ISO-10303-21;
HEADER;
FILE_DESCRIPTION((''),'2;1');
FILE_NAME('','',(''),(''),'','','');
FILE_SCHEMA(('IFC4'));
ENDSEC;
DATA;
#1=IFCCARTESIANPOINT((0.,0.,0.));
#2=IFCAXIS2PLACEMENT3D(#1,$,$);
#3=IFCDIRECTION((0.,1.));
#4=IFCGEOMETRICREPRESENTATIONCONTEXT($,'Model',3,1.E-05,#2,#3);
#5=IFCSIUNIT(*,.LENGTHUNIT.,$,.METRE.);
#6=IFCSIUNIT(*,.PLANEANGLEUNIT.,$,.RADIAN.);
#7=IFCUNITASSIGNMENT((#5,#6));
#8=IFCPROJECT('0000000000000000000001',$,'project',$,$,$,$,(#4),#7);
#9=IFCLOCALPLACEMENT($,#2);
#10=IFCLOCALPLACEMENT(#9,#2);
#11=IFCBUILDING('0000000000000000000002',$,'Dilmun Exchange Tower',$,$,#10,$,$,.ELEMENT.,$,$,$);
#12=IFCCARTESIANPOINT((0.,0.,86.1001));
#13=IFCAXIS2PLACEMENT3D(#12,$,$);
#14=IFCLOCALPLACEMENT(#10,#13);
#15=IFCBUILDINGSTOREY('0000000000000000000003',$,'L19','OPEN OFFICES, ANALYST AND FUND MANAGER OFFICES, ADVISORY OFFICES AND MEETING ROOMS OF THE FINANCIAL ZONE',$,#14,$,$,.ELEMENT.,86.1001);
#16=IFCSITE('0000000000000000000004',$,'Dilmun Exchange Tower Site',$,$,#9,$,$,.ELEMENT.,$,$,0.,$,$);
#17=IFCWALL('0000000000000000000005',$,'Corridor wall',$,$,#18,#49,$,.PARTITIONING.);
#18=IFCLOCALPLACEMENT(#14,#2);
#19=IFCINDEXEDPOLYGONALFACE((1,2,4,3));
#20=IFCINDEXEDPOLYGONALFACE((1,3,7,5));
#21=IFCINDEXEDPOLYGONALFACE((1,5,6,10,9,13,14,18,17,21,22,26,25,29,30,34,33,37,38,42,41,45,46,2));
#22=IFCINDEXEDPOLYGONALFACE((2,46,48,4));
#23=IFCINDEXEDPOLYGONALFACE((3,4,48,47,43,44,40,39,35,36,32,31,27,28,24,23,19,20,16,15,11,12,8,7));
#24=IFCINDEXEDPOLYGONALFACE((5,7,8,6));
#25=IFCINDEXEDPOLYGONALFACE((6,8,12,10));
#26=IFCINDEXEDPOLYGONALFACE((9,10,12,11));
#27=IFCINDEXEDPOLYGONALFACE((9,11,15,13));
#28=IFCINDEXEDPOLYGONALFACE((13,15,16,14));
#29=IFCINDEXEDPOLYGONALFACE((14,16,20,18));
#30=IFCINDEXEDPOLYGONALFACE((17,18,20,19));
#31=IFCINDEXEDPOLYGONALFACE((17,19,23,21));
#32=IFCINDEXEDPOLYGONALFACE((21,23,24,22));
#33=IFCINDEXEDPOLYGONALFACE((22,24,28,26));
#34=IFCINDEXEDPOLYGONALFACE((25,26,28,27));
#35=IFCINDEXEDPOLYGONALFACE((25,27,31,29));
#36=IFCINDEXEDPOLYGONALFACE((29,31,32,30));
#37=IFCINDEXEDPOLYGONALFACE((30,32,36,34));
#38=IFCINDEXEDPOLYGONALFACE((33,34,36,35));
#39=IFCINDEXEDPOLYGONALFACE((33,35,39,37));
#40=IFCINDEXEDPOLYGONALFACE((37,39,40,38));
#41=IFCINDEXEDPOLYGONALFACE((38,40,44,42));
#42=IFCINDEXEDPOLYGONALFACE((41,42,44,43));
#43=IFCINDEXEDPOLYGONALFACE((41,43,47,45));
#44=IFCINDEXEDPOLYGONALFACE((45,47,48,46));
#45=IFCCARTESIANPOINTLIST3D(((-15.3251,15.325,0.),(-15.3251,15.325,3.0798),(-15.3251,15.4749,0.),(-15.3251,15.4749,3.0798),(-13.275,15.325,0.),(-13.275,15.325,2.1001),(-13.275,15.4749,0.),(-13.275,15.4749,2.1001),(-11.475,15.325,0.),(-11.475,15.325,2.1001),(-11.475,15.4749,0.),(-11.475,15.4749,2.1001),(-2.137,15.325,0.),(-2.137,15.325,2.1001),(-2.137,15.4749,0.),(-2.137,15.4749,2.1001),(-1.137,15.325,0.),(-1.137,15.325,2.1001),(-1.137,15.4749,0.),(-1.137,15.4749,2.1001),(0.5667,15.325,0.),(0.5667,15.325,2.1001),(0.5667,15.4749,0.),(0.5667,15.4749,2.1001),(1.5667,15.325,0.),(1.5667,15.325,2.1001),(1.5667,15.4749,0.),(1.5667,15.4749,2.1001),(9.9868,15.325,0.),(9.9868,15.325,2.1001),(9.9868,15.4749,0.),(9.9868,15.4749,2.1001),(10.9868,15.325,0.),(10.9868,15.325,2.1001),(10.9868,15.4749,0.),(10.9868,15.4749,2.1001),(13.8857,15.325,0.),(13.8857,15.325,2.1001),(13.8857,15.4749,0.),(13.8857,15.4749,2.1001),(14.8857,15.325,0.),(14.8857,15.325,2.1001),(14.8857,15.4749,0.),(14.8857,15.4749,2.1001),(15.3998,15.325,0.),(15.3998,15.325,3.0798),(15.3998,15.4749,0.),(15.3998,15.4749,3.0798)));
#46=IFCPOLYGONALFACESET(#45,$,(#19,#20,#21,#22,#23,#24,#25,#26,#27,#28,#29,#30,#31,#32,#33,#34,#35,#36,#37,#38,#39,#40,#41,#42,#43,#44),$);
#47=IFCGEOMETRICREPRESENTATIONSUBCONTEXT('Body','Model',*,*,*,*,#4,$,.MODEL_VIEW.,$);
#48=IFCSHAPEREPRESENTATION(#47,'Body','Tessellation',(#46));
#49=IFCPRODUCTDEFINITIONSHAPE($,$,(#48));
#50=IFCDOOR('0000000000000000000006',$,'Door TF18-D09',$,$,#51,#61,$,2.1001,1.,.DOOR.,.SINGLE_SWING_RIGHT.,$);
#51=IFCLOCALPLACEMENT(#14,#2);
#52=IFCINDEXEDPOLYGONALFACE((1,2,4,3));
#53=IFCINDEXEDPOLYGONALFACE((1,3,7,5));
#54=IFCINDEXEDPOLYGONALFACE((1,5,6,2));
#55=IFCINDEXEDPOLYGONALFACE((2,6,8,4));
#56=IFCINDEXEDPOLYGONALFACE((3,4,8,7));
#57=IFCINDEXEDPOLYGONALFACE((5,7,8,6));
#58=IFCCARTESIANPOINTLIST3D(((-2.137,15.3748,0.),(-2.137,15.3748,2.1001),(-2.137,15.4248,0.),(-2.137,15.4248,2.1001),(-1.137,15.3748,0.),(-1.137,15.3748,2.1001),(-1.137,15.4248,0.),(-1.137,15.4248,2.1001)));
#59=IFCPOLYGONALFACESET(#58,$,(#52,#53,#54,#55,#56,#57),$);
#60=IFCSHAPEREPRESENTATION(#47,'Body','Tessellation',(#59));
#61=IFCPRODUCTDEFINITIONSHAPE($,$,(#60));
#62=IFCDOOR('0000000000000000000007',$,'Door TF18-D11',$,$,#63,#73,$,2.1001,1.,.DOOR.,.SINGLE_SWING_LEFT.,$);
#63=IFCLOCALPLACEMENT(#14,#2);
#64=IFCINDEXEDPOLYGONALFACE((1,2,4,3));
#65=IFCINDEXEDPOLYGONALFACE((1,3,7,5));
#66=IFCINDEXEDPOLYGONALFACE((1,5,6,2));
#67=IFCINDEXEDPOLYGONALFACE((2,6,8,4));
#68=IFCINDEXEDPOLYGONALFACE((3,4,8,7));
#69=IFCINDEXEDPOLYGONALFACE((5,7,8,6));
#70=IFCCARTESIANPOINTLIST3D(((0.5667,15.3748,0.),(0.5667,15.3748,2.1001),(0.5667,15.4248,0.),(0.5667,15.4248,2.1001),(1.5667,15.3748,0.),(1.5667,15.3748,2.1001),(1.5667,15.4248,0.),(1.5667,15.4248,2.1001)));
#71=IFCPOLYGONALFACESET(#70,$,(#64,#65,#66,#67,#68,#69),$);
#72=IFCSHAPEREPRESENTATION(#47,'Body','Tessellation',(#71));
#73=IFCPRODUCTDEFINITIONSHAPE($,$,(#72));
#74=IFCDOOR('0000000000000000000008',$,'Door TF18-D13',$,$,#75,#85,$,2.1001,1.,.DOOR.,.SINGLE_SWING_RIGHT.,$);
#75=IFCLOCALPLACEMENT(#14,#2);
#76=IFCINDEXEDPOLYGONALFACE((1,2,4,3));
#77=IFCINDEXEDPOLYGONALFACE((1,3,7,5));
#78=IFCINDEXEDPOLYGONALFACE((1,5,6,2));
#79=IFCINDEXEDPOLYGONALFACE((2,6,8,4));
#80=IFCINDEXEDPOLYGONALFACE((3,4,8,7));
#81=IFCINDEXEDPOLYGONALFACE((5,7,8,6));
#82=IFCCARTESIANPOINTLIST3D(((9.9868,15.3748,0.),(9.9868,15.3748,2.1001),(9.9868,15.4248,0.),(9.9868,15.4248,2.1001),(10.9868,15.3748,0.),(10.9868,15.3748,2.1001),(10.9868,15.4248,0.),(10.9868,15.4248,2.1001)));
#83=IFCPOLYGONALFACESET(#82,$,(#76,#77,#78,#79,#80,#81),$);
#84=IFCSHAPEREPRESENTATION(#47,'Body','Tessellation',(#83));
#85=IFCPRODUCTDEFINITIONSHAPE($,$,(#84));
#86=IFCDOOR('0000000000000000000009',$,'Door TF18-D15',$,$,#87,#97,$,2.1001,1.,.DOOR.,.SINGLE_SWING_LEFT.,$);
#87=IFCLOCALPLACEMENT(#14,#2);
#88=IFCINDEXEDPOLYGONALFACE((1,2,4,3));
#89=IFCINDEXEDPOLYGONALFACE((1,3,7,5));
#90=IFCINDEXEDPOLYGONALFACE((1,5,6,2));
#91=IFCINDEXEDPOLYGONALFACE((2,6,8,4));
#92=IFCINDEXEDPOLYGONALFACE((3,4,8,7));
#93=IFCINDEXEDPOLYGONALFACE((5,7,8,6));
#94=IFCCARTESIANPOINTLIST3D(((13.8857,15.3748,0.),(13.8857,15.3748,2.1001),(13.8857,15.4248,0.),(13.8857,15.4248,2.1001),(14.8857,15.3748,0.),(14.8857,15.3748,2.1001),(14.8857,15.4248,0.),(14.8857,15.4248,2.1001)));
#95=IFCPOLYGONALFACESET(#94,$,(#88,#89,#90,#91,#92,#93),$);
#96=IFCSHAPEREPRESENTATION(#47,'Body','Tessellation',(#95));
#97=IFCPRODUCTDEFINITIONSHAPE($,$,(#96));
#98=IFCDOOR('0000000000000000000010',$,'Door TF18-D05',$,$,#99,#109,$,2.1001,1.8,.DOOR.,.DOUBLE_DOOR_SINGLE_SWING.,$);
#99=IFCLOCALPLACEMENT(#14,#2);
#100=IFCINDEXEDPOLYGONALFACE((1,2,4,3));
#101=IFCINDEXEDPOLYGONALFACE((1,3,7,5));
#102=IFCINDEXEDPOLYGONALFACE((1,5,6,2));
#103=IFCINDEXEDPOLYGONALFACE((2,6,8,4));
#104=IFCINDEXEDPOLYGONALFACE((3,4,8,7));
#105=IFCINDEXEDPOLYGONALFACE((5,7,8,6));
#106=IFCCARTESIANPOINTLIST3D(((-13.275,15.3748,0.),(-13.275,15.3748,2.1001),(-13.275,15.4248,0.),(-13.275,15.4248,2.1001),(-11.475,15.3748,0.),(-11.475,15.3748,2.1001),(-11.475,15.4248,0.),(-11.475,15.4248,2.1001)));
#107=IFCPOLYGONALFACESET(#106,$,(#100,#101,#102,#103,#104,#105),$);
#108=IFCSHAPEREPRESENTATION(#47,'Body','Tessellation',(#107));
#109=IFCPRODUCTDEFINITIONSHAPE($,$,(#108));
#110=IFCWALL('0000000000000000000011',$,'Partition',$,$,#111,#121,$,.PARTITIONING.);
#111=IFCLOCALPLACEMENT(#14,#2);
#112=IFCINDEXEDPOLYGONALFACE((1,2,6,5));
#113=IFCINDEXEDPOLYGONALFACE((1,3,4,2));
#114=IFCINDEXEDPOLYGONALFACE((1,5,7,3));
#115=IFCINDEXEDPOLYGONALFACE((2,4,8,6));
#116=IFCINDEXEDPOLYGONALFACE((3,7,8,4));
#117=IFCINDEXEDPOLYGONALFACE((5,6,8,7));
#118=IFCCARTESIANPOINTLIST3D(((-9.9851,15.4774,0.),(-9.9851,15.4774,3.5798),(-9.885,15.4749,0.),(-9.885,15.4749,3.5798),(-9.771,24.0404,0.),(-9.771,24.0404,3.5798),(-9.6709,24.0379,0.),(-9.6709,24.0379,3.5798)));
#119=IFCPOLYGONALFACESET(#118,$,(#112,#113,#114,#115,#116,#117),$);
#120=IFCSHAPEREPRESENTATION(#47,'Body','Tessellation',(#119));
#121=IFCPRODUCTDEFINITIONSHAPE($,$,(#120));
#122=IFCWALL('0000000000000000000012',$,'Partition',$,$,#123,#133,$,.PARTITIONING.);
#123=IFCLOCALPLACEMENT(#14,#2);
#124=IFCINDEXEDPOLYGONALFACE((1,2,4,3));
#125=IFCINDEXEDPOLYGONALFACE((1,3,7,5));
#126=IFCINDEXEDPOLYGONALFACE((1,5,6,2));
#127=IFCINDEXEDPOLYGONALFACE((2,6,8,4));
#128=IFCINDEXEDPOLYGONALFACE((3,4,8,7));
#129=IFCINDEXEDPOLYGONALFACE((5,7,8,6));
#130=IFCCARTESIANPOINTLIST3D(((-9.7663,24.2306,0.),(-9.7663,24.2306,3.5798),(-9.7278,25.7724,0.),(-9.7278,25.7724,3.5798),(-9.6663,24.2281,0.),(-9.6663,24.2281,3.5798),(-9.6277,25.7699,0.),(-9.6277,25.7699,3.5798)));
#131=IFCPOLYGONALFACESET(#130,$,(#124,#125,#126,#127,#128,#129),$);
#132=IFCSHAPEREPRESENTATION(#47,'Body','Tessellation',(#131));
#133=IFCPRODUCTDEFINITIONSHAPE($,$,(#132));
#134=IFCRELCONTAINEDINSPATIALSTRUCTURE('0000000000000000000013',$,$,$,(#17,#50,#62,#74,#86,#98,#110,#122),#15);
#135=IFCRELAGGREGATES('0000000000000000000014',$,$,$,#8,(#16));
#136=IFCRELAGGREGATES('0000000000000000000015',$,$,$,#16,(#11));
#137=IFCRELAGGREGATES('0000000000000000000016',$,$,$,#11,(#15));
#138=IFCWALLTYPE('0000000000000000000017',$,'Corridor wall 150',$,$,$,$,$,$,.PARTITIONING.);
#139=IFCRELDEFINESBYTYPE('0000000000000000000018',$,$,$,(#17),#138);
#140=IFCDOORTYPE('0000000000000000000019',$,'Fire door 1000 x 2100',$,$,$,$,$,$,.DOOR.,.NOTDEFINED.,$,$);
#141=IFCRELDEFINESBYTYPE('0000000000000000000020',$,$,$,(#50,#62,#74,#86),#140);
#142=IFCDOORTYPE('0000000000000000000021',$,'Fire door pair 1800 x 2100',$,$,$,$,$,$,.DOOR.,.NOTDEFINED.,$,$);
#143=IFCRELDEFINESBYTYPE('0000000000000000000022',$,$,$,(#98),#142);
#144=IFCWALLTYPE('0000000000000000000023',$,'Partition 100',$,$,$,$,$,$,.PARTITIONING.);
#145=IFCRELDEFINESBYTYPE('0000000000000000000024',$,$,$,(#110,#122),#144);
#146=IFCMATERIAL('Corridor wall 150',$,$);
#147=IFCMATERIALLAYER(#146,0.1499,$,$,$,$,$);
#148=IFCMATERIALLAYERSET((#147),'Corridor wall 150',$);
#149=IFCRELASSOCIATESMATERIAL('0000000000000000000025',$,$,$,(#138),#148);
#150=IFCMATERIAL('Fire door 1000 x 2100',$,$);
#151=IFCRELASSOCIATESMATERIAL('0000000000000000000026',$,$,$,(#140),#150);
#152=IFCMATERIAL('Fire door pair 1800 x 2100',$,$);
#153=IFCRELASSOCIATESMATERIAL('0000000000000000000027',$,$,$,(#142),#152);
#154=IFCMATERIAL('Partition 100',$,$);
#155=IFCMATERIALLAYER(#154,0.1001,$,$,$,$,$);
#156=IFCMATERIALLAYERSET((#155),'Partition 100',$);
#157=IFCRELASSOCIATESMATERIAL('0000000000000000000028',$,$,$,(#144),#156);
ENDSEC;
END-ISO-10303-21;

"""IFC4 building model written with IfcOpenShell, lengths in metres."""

from ifc_helpers import new_model, si_unit, direction, frame, frame_2d, origin, place, context, subcontext, project, spatial, rectangle, extrude, material, layer, layer_set, type_object, element, fill, save


model = new_model("IFC4")

# Units and contexts
model_context = context("Model", 3, precision=1e-05, world=origin(), true_north=direction((0.0, 1.0)))
body_context = subcontext(model_context, "Body", "Model", "MODEL_VIEW")
ifc_project = project(units=[si_unit("LENGTHUNIT", "METRE"), si_unit("PLANEANGLEUNIT", "RADIAN")], contexts=[model_context])

# Site, building, storey
site_placement = place(None, origin())
site = spatial("IfcSite", under=ifc_project, at=site_placement, Name="Dilmun Exchange Tower Site", CompositionType="ELEMENT", RefElevation=0.0)
building_placement = place(site_placement, origin())
building = spatial("IfcBuilding", under=site, at=building_placement, Name="Dilmun Exchange Tower", CompositionType="ELEMENT")
storey_placement = place(building_placement, frame((0.0, 0.0, 86.1001)))
storey = spatial("IfcBuildingStorey", under=building, at=storey_placement, Name="L19", Description="OPEN OFFICES, ANALYST AND FUND MANAGER OFFICES, ADVISORY OFFICES AND MEETING ROOMS OF THE FINANCIAL ZONE", CompositionType="ELEMENT", Elevation=86.1001)

# Wall, openings, doors
ifc_material_1 = material(Name="Corridor wall 150")
ifc_layer_1 = layer(ifc_material_1, 0.1499)
ifc_layer_set_1 = layer_set([ifc_layer_1], Name="Corridor wall 150")
wall_type_1 = type_object("IfcWallType", Name="Corridor wall 150", PredefinedType="PARTITIONING", material=ifc_layer_set_1)
wall_1_placement = place(storey_placement, frame((-15.325, 15.3999, 0.0), z_axis=(0.0, 0.0, 1.0), x_axis=(1.0, 0.0, 0.0)))
wall_1 = element("IfcWall", 1, at=wall_1_placement, inside=storey, type_object=wall_type_1, Name="Corridor wall", PredefinedType="PARTITIONING", context=body_context, shape_type="SweptSolid", body=[
    extrude(rectangle(XDim=30.7249, YDim=0.1499, at=frame_2d((15.3623, 0.0))), origin(), (0.0, 0.0, 1.0), 3.0798),
])
opening_1_placement = place(wall_1_placement, frame((2.05, 0.0, 0.0)))
opening_1 = element("IfcOpeningElement", 2, at=opening_1_placement, cuts=wall_1, PredefinedType="OPENING", context=body_context, shape_type="SweptSolid", body=[
    extrude(rectangle(XDim=1.8, YDim=2.1001, at=frame_2d((0.8999, 1.05))), frame((0.0, 0.085, 0.0), z_axis=(0.0, -1.0, 0.0), x_axis=(1.0, 0.0, 0.0)), (0.0, 0.0, 1.0), 0.1699),
])
opening_2_placement = place(wall_1_placement, frame((13.188, 0.0, 0.0)))
opening_2 = element("IfcOpeningElement", 3, at=opening_2_placement, cuts=wall_1, PredefinedType="OPENING", context=body_context, shape_type="SweptSolid", body=[
    extrude(rectangle(XDim=1.0, YDim=2.1001, at=frame_2d((0.5, 1.05))), frame((0.0, 0.085, 0.0), z_axis=(0.0, -1.0, 0.0), x_axis=(1.0, 0.0, 0.0)), (0.0, 0.0, 1.0), 0.1699),
])
opening_3_placement = place(wall_1_placement, frame((15.8916, 0.0, 0.0)))
opening_3 = element("IfcOpeningElement", 4, at=opening_3_placement, cuts=wall_1, PredefinedType="OPENING", context=body_context, shape_type="SweptSolid", body=[
    extrude(rectangle(XDim=1.0, YDim=2.1001, at=frame_2d((0.5, 1.05))), frame((0.0, 0.085, 0.0), z_axis=(0.0, -1.0, 0.0), x_axis=(1.0, 0.0, 0.0)), (0.0, 0.0, 1.0), 0.1699),
])
opening_4_placement = place(wall_1_placement, frame((25.3118, 0.0, 0.0)))
opening_4 = element("IfcOpeningElement", 5, at=opening_4_placement, cuts=wall_1, PredefinedType="OPENING", context=body_context, shape_type="SweptSolid", body=[
    extrude(rectangle(XDim=1.0, YDim=2.1001, at=frame_2d((0.5, 1.05))), frame((0.0, 0.085, 0.0), z_axis=(0.0, -1.0, 0.0), x_axis=(1.0, 0.0, 0.0)), (0.0, 0.0, 1.0), 0.1699),
])
opening_5_placement = place(wall_1_placement, frame((29.2107, 0.0, 0.0)))
opening_5 = element("IfcOpeningElement", 6, at=opening_5_placement, cuts=wall_1, PredefinedType="OPENING", context=body_context, shape_type="SweptSolid", body=[
    extrude(rectangle(XDim=1.0, YDim=2.1001, at=frame_2d((0.5, 1.05))), frame((0.0, 0.085, 0.0), z_axis=(0.0, -1.0, 0.0), x_axis=(1.0, 0.0, 0.0)), (0.0, 0.0, 1.0), 0.1699),
])
ifc_material_2 = material(Name="Fire door 1000 x 2100")
door_type_1 = type_object("IfcDoorType", Name="Fire door 1000 x 2100", OperationType="NOTDEFINED", PredefinedType="DOOR", material=ifc_material_2)
door_1_placement = place(opening_2_placement, origin())
door_1 = element("IfcDoor", 7, at=door_1_placement, inside=storey, type_object=door_type_1, Name="Door TF18-D09", OperationType="SINGLE_SWING_RIGHT", OverallHeight=2.1001, OverallWidth=1.0, PredefinedType="DOOR", context=body_context, shape_type="SweptSolid", body=[
    extrude(rectangle(XDim=1.0, YDim=2.1001, at=frame_2d((0.5, 1.05))), frame((0.0, 0.0249, 0.0), z_axis=(0.0, -1.0, 0.0), x_axis=(1.0, 0.0, 0.0)), (0.0, 0.0, 1.0), 0.05),
])
fill(opening_2, door_1)
door_2_placement = place(opening_3_placement, origin())
door_2 = element("IfcDoor", 8, at=door_2_placement, inside=storey, type_object=door_type_1, Name="Door TF18-D11", OperationType="SINGLE_SWING_LEFT", OverallHeight=2.1001, OverallWidth=1.0, PredefinedType="DOOR", context=body_context, shape_type="SweptSolid", body=[
    extrude(rectangle(XDim=1.0, YDim=2.1001, at=frame_2d((0.5, 1.05))), frame((0.0, 0.0249, 0.0), z_axis=(0.0, -1.0, 0.0), x_axis=(1.0, 0.0, 0.0)), (0.0, 0.0, 1.0), 0.05),
])
fill(opening_3, door_2)
door_3_placement = place(opening_4_placement, origin())
door_3 = element("IfcDoor", 9, at=door_3_placement, inside=storey, type_object=door_type_1, Name="Door TF18-D13", OperationType="SINGLE_SWING_RIGHT", OverallHeight=2.1001, OverallWidth=1.0, PredefinedType="DOOR", context=body_context, shape_type="SweptSolid", body=[
    extrude(rectangle(XDim=1.0, YDim=2.1001, at=frame_2d((0.5, 1.05))), frame((0.0, 0.0249, 0.0), z_axis=(0.0, -1.0, 0.0), x_axis=(1.0, 0.0, 0.0)), (0.0, 0.0, 1.0), 0.05),
])
fill(opening_4, door_3)
door_4_placement = place(opening_5_placement, origin())
door_4 = element("IfcDoor", 10, at=door_4_placement, inside=storey, type_object=door_type_1, Name="Door TF18-D15", OperationType="SINGLE_SWING_LEFT", OverallHeight=2.1001, OverallWidth=1.0, PredefinedType="DOOR", context=body_context, shape_type="SweptSolid", body=[
    extrude(rectangle(XDim=1.0, YDim=2.1001, at=frame_2d((0.5, 1.05))), frame((0.0, 0.0249, 0.0), z_axis=(0.0, -1.0, 0.0), x_axis=(1.0, 0.0, 0.0)), (0.0, 0.0, 1.0), 0.05),
])
fill(opening_5, door_4)
ifc_material_3 = material(Name="Fire door pair 1800 x 2100")
door_type_2 = type_object("IfcDoorType", Name="Fire door pair 1800 x 2100", OperationType="NOTDEFINED", PredefinedType="DOOR", material=ifc_material_3)
door_5_placement = place(opening_1_placement, origin())
door_5 = element("IfcDoor", 11, at=door_5_placement, inside=storey, type_object=door_type_2, Name="Door TF18-D05", OperationType="DOUBLE_DOOR_SINGLE_SWING", OverallHeight=2.1001, OverallWidth=1.8, PredefinedType="DOOR", context=body_context, shape_type="SweptSolid", body=[
    extrude(rectangle(XDim=1.8, YDim=2.1001, at=frame_2d((0.8999, 1.05))), frame((0.0, 0.0249, 0.0), z_axis=(0.0, -1.0, 0.0), x_axis=(1.0, 0.0, 0.0)), (0.0, 0.0, 1.0), 0.05),
])
fill(opening_1, door_5)

# Walls
ifc_material_4 = material(Name="Partition 100")
ifc_layer_2 = layer(ifc_material_4, 0.1001)
ifc_layer_set_2 = layer_set([ifc_layer_2], Name="Partition 100")
wall_type_2 = type_object("IfcWallType", Name="Partition 100", PredefinedType="PARTITIONING", material=ifc_layer_set_2)
wall_2_placement = place(storey_placement, frame((-9.9351, 15.4763, 0.0), z_axis=(0.0, 0.0, 1.0), x_axis=(0.024996, 0.999688, 0.0)))
element("IfcWall", 12, at=wall_2_placement, inside=storey, type_object=wall_type_2, Name="Partition", PredefinedType="PARTITIONING", context=body_context, shape_type="SweptSolid", body=[
    extrude(rectangle(XDim=8.5657, YDim=0.1001, at=frame_2d((4.2827, 0.0))), origin(), (0.0, 0.0, 1.0), 3.5798),
])
wall_3_placement = place(storey_placement, frame((-9.7163, 24.2295, 0.0), z_axis=(0.0, 0.0, 1.0), x_axis=(0.025012, 0.999687, 0.0)))
element("IfcWall", 13, at=wall_3_placement, inside=storey, type_object=wall_type_2, Name="Partition", PredefinedType="PARTITIONING", context=body_context, shape_type="SweptSolid", body=[
    extrude(rectangle(XDim=1.5422, YDim=0.1001, at=frame_2d((0.771, 0.0))), origin(), (0.0, 0.0, 1.0), 3.5798),
])

save(model, "model.ifc")
